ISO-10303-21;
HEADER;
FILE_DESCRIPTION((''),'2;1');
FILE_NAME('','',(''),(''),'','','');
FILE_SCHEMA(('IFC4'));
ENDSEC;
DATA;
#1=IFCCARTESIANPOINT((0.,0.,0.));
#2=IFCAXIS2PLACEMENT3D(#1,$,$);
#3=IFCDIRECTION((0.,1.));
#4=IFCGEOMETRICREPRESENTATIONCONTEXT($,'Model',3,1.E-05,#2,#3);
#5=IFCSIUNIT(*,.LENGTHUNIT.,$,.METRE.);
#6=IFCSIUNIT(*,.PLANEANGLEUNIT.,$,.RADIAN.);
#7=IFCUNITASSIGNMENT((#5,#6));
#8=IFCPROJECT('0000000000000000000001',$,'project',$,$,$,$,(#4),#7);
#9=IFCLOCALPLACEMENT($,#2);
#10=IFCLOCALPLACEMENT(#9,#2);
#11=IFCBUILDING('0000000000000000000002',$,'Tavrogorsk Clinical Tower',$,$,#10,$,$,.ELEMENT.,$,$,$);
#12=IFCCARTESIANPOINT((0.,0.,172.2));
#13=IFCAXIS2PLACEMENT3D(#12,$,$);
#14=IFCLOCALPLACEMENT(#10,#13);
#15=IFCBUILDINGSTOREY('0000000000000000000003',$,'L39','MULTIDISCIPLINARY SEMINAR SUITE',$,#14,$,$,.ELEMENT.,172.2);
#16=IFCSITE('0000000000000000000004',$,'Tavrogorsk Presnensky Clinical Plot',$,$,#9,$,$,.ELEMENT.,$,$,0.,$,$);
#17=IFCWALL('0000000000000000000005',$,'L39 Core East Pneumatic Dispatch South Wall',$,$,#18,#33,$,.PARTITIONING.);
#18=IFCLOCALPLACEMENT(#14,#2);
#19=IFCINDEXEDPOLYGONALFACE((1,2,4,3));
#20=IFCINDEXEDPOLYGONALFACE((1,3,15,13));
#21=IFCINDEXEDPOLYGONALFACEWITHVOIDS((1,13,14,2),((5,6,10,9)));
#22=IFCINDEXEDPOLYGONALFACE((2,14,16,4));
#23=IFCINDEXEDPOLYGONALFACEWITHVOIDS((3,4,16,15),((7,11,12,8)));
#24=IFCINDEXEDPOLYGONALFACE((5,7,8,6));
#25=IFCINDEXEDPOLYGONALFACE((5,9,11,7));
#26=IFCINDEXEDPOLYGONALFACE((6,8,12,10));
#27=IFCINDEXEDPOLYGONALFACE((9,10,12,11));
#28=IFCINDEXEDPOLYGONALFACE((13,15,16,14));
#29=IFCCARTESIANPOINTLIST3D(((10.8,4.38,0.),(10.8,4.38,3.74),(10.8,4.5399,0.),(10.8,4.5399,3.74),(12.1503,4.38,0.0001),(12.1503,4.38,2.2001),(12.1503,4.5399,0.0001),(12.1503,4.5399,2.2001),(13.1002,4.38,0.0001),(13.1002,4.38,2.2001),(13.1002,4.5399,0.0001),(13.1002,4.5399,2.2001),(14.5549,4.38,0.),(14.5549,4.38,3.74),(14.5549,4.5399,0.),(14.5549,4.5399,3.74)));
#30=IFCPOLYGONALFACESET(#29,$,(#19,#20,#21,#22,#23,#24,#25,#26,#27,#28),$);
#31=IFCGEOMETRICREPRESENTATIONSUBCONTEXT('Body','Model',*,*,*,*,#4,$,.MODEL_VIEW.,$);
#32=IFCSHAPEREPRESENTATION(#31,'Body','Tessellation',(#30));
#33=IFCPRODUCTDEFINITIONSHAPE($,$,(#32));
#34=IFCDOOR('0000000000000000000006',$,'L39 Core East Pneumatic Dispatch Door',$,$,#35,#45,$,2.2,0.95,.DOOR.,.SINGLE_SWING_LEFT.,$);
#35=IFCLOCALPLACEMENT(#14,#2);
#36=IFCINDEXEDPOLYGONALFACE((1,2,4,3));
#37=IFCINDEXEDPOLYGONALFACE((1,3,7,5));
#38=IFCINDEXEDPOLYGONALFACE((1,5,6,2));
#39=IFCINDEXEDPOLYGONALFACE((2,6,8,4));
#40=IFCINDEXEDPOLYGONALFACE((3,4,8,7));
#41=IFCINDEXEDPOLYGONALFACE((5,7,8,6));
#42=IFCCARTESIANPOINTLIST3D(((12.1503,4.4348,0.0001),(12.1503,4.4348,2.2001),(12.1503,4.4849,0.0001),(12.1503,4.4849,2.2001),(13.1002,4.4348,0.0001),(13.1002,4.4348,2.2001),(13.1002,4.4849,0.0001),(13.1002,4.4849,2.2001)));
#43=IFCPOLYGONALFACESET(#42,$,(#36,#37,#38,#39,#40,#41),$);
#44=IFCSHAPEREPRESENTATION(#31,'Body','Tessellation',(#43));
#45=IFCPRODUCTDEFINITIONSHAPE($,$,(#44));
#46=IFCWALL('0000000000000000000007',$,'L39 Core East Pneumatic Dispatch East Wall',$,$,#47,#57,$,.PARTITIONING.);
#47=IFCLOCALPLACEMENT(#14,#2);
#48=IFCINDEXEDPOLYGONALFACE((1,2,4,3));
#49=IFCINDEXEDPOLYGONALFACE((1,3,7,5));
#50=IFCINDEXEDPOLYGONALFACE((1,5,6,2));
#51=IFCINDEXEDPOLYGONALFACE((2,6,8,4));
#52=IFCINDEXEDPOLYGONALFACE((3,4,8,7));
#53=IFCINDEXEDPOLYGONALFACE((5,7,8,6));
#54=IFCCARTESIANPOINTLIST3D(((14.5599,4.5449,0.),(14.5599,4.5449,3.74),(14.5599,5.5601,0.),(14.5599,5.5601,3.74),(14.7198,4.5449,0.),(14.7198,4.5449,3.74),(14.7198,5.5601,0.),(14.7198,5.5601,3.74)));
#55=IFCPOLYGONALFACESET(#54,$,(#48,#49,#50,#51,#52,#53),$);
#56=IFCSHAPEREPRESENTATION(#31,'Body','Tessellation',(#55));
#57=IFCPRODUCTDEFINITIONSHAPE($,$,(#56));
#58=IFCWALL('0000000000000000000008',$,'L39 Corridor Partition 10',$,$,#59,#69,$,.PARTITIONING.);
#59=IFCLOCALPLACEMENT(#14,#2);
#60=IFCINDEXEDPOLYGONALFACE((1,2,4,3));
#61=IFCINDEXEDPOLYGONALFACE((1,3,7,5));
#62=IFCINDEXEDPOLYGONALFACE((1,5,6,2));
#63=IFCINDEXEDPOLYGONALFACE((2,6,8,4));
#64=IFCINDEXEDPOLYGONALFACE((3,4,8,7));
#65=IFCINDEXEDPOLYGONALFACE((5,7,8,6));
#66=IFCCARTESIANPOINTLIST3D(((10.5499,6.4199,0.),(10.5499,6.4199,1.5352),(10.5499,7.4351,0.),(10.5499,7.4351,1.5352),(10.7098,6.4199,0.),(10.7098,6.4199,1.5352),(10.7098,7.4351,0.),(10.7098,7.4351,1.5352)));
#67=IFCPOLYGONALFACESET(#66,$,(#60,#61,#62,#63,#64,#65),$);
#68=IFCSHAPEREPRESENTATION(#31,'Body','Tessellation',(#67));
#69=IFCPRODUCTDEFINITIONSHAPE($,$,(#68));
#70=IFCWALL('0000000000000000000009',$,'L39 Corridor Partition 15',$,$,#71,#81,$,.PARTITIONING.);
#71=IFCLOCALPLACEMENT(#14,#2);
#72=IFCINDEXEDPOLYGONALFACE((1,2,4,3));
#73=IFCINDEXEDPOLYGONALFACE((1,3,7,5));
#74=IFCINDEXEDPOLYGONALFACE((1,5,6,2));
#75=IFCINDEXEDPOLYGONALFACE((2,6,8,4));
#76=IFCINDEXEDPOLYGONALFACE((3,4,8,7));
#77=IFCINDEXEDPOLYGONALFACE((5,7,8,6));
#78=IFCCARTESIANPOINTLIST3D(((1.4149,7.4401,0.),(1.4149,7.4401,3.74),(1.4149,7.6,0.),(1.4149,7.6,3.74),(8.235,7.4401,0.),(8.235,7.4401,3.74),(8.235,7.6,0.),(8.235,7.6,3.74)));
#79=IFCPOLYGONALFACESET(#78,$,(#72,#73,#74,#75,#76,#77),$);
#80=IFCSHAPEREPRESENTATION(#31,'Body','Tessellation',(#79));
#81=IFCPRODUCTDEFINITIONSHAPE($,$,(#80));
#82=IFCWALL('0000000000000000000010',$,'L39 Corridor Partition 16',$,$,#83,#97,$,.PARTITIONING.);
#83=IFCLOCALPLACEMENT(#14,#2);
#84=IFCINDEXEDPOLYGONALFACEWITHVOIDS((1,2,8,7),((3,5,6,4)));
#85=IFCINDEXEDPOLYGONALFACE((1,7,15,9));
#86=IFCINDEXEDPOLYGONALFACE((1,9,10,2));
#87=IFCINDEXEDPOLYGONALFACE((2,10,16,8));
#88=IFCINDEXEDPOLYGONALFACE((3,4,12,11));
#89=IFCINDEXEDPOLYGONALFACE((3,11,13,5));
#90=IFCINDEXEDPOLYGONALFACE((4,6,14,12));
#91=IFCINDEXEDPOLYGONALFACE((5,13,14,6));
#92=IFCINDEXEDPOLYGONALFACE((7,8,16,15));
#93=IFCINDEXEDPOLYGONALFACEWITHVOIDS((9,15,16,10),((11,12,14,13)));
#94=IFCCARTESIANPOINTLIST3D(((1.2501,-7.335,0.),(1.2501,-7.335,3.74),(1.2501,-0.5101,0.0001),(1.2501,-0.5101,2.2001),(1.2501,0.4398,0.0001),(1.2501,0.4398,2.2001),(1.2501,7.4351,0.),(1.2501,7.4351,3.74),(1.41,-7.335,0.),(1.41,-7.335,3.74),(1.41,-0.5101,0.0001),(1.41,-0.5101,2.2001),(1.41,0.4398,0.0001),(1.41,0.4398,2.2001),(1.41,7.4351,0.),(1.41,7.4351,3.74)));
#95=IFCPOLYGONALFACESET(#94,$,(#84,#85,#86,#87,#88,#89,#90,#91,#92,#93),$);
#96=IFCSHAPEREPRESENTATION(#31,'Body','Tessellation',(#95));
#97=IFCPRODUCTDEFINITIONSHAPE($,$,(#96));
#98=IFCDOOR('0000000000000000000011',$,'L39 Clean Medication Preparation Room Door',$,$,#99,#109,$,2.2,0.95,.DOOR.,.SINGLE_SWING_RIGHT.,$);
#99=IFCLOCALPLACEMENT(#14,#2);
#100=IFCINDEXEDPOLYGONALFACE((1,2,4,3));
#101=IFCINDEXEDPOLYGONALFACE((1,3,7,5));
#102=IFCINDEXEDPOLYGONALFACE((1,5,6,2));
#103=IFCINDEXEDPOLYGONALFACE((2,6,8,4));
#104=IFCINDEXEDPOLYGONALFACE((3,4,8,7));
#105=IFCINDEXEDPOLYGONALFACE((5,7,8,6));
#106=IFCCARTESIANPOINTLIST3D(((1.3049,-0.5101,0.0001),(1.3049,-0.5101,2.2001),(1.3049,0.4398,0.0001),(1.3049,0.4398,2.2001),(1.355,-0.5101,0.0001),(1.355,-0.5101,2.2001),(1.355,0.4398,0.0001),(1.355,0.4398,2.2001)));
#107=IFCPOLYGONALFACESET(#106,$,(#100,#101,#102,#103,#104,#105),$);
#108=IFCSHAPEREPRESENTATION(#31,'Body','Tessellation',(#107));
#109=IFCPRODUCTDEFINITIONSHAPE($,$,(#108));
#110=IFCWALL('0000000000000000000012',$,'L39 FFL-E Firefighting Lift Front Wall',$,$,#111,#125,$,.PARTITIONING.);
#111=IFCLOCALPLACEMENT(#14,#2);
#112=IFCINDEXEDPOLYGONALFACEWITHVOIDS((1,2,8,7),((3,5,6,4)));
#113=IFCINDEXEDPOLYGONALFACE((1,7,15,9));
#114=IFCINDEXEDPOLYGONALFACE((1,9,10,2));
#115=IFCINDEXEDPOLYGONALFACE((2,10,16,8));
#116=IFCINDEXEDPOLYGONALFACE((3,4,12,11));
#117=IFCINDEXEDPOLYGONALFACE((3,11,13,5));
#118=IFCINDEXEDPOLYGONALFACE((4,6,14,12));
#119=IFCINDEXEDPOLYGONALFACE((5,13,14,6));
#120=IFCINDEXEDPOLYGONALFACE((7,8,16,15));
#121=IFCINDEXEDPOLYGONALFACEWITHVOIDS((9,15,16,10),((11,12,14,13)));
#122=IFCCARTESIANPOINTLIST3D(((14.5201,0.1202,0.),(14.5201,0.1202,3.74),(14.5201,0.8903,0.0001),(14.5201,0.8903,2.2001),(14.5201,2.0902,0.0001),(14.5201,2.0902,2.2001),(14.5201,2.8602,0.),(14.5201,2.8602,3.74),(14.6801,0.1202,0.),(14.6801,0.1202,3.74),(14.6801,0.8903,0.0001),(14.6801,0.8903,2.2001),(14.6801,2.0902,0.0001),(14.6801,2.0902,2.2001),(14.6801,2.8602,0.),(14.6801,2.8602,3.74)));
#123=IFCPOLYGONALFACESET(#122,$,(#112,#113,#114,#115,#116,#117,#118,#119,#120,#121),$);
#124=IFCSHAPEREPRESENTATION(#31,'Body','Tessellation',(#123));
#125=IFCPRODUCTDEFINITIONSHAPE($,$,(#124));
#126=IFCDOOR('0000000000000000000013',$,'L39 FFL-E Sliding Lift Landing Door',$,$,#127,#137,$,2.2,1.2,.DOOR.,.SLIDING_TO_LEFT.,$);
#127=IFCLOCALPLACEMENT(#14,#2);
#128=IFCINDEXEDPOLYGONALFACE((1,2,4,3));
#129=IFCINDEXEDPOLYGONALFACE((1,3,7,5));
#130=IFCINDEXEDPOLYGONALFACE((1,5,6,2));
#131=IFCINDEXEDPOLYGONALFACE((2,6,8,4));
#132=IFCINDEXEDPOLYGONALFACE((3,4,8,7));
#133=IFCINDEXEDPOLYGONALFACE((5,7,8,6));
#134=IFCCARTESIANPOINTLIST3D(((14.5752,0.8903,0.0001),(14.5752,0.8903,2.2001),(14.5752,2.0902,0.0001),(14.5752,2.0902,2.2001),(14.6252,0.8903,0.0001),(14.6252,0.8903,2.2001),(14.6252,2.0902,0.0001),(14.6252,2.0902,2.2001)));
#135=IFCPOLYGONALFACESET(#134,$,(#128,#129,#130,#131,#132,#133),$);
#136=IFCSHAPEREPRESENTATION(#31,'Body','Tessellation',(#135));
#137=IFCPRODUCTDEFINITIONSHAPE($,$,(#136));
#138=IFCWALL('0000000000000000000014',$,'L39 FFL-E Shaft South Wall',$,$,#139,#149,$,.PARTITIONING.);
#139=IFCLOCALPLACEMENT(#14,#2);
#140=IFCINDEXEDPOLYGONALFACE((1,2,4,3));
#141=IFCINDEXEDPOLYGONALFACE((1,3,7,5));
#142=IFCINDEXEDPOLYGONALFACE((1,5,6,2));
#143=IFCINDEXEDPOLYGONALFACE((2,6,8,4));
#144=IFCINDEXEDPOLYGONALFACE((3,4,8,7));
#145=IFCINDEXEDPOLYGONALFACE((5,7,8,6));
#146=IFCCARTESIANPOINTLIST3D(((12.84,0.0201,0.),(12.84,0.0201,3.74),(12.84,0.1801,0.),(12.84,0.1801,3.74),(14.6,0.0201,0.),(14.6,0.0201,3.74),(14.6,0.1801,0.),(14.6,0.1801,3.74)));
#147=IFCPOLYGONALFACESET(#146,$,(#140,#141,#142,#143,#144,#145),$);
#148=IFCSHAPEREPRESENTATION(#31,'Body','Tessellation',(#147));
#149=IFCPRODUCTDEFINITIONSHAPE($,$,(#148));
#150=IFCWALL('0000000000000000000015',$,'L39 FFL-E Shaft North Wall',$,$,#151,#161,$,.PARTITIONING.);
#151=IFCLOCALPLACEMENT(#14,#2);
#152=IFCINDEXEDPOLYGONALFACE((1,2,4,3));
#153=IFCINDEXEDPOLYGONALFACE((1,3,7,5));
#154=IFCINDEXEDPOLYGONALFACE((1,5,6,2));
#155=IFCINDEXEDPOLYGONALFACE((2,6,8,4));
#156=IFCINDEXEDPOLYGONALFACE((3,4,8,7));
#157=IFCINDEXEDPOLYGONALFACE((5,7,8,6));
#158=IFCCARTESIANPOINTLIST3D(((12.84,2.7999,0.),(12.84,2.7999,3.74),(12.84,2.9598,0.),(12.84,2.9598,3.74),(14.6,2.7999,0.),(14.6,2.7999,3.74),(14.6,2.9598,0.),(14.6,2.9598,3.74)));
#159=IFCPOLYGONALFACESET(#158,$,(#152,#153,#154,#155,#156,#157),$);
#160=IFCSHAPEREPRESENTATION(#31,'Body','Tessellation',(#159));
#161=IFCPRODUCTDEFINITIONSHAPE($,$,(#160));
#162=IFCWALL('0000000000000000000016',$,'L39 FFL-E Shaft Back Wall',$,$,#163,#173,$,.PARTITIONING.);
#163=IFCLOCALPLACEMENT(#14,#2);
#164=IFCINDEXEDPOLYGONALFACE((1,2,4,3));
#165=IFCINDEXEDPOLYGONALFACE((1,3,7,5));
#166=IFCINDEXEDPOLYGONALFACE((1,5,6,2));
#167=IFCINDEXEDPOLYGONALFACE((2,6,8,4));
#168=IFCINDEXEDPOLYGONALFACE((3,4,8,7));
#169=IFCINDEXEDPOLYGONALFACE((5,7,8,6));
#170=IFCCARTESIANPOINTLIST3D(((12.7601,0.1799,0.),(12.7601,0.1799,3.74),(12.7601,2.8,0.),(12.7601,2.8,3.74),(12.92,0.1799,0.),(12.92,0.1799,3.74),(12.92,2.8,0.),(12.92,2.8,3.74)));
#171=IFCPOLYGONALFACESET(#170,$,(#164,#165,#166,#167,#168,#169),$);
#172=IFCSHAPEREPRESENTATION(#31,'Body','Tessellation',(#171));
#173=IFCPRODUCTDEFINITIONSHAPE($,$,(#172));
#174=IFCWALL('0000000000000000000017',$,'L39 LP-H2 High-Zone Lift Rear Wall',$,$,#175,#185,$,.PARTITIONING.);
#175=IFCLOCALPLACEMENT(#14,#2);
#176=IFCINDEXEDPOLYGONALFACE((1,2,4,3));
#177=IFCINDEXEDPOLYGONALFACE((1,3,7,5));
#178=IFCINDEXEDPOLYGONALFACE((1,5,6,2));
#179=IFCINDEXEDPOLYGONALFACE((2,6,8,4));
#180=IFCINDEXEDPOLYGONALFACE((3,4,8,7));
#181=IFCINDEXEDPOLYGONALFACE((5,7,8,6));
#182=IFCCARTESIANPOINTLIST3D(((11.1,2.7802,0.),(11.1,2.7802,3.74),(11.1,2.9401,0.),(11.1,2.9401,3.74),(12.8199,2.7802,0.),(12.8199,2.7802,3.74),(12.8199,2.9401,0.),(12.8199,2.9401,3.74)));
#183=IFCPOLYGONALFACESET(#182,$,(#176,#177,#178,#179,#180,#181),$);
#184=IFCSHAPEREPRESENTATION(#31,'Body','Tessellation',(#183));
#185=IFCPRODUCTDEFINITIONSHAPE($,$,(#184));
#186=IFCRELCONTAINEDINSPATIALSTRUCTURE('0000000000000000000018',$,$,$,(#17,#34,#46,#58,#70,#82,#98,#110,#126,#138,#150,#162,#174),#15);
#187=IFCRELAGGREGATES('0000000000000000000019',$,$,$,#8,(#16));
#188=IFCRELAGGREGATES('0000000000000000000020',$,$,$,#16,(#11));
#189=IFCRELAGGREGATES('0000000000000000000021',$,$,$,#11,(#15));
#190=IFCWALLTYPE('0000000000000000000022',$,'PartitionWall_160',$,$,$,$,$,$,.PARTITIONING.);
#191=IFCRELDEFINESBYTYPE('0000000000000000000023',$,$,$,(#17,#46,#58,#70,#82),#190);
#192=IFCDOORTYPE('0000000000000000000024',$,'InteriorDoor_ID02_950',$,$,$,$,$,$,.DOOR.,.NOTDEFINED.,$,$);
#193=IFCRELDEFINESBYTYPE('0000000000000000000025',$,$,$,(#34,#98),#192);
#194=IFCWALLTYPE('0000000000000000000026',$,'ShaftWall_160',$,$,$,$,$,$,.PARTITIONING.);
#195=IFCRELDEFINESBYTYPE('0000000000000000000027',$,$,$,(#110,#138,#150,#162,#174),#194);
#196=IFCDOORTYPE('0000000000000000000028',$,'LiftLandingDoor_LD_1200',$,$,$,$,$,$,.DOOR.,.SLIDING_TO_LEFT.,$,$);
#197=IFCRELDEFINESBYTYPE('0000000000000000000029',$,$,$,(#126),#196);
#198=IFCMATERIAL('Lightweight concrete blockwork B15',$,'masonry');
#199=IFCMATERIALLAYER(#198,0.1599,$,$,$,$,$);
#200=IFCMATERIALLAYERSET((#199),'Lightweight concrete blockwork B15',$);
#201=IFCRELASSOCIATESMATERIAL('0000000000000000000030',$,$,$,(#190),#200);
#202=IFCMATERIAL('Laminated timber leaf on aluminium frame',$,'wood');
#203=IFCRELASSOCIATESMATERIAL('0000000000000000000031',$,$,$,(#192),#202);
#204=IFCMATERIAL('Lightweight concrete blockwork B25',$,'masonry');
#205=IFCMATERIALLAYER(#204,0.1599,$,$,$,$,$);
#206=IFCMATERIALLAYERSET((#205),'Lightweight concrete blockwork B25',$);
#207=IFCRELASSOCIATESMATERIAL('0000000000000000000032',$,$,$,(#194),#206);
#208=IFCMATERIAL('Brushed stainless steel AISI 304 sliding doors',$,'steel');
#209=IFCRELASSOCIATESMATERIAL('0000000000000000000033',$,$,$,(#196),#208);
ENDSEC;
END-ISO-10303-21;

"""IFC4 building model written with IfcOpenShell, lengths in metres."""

from ifc_helpers import new_model, si_unit, direction, frame, frame_2d, origin, place, context, subcontext, project, spatial, rectangle, extrude, material, layer, layer_set, type_object, element, fill, save


model = new_model("IFC4")

# Units and contexts
model_context = context("Model", 3, precision=1e-05, world=origin(), true_north=direction((0.0, 1.0)))
body_context = subcontext(model_context, "Body", "Model", "MODEL_VIEW")
ifc_project = project(units=[si_unit("LENGTHUNIT", "METRE"), si_unit("PLANEANGLEUNIT", "RADIAN")], contexts=[model_context])

# Site, building, storey
site_placement = place(None, origin())
site = spatial("IfcSite", under=ifc_project, at=site_placement, Name="Tavrogorsk Presnensky Clinical Plot", CompositionType="ELEMENT", RefElevation=0.0)
building_placement = place(site_placement, origin())
building = spatial("IfcBuilding", under=site, at=building_placement, Name="Tavrogorsk Clinical Tower", CompositionType="ELEMENT")
storey_placement = place(building_placement, frame((0.0, 0.0, 172.2)))
storey = spatial("IfcBuildingStorey", under=building, at=storey_placement, Name="L39", Description="MULTIDISCIPLINARY SEMINAR SUITE", CompositionType="ELEMENT", Elevation=172.2)

# Wall, opening, door
ifc_material_1 = material(Name="Lightweight concrete blockwork B15", Category="masonry")
ifc_layer_1 = layer(ifc_material_1, 0.1599)
ifc_layer_set_1 = layer_set([ifc_layer_1], Name="Lightweight concrete blockwork B15")
wall_type_1 = type_object("IfcWallType", Name="PartitionWall_160", PredefinedType="PARTITIONING", material=ifc_layer_set_1)
wall_1_placement = place(storey_placement, frame((10.8, 4.46, 0.0), z_axis=(0.0, 0.0, 1.0), x_axis=(1.0, 0.0, 0.0)))
wall_1 = element("IfcWall", 1, at=wall_1_placement, inside=storey, type_object=wall_type_1, Name="L39 Core East Pneumatic Dispatch South Wall", PredefinedType="PARTITIONING", context=body_context, shape_type="SweptSolid", body=[
    extrude(rectangle(XDim=3.7549, YDim=0.1599, at=frame_2d((1.8774, 0.0))), origin(), (0.0, 0.0, 1.0), 3.74),
])
opening_1_placement = place(wall_1_placement, frame((1.3501, 0.0, 0.0)))
opening_1 = element("IfcOpeningElement", 2, at=opening_1_placement, cuts=wall_1, PredefinedType="OPENING", context=body_context, shape_type="SweptSolid", body=[
    extrude(rectangle(XDim=0.95, YDim=2.2, at=frame_2d((0.4751, 1.1001))), frame((0.0, 0.0898, 0.0), z_axis=(0.0, -1.0, 0.0), x_axis=(1.0, 0.0, 0.0)), (0.0, 0.0, 1.0), 0.1799),
])
ifc_material_2 = material(Name="Laminated timber leaf on aluminium frame", Category="wood")
door_type_1 = type_object("IfcDoorType", Name="InteriorDoor_ID02_950", OperationType="NOTDEFINED", PredefinedType="DOOR", material=ifc_material_2)
door_1_placement = place(opening_1_placement, origin())
door_1 = element("IfcDoor", 3, at=door_1_placement, inside=storey, type_object=door_type_1, Name="L39 Core East Pneumatic Dispatch Door", OperationType="SINGLE_SWING_LEFT", OverallHeight=2.2, OverallWidth=0.95, PredefinedType="DOOR", context=body_context, shape_type="SweptSolid", body=[
    extrude(rectangle(XDim=0.95, YDim=2.2, at=frame_2d((0.4751, 1.1001))), frame((0.0, 0.0249, 0.0), z_axis=(0.0, -1.0, 0.0), x_axis=(1.0, 0.0, 0.0)), (0.0, 0.0, 1.0), 0.05),
])
fill(opening_1, door_1)

# Walls
wall_2_placement = place(storey_placement, frame((14.6399, 4.5449, 0.0), z_axis=(0.0, 0.0, 1.0), x_axis=(0.0, 1.0, 0.0)))
element("IfcWall", 4, at=wall_2_placement, inside=storey, type_object=wall_type_1, Name="L39 Core East Pneumatic Dispatch East Wall", PredefinedType="PARTITIONING", context=body_context, shape_type="SweptSolid", body=[
    extrude(rectangle(XDim=1.0151, YDim=0.1599, at=frame_2d((0.5076, 0.0))), origin(), (0.0, 0.0, 1.0), 3.74),
])
wall_3_placement = place(storey_placement, frame((10.6299, 7.4351, 0.0), z_axis=(0.0, 0.0, 1.0), x_axis=(0.0, -1.0, 0.0)))
element("IfcWall", 5, at=wall_3_placement, inside=storey, type_object=wall_type_1, Name="L39 Corridor Partition 10", PredefinedType="PARTITIONING", context=body_context, shape_type="SweptSolid", body=[
    extrude(rectangle(XDim=1.0151, YDim=0.1599, at=frame_2d((0.5076, 0.0))), origin(), (0.0, 0.0, 1.0), 1.5352),
])
wall_4_placement = place(storey_placement, frame((8.2351, 7.52, 0.0), z_axis=(0.0, 0.0, 1.0), x_axis=(-1.0, 0.0, 0.0)))
element("IfcWall", 6, at=wall_4_placement, inside=storey, type_object=wall_type_1, Name="L39 Corridor Partition 15", PredefinedType="PARTITIONING", context=body_context, shape_type="SweptSolid", body=[
    extrude(rectangle(XDim=6.8201, YDim=0.1599, at=frame_2d((3.4102, 0.0))), origin(), (0.0, 0.0, 1.0), 3.74),
])

# Wall, opening, door
wall_5_placement = place(storey_placement, frame((1.3301, 7.4351, 0.0), z_axis=(0.0, 0.0, 1.0), x_axis=(0.0, -1.0, 0.0)))
wall_5 = element("IfcWall", 7, at=wall_5_placement, inside=storey, type_object=wall_type_1, Name="L39 Corridor Partition 16", PredefinedType="PARTITIONING", context=body_context, shape_type="SweptSolid", body=[
    extrude(rectangle(XDim=14.77, YDim=0.1599, at=frame_2d((7.385, 0.0))), origin(), (0.0, 0.0, 1.0), 3.74),
])
opening_2_placement = place(wall_5_placement, frame((6.9951, 0.0, 0.0)))
opening_2 = element("IfcOpeningElement", 8, at=opening_2_placement, cuts=wall_5, PredefinedType="OPENING", context=body_context, shape_type="SweptSolid", body=[
    extrude(rectangle(XDim=0.95, YDim=2.2, at=frame_2d((0.4751, 1.1001))), frame((0.0, 0.0898, 0.0), z_axis=(0.0, -1.0, 0.0), x_axis=(1.0, 0.0, 0.0)), (0.0, 0.0, 1.0), 0.1799),
])
door_2_placement = place(opening_2_placement, origin())
door_2 = element("IfcDoor", 9, at=door_2_placement, inside=storey, type_object=door_type_1, Name="L39 Clean Medication Preparation Room Door", OperationType="SINGLE_SWING_RIGHT", OverallHeight=2.2, OverallWidth=0.95, PredefinedType="DOOR", context=body_context, shape_type="SweptSolid", body=[
    extrude(rectangle(XDim=0.95, YDim=2.2, at=frame_2d((0.4751, 1.1001))), frame((0.0, 0.0249, 0.0), z_axis=(0.0, -1.0, 0.0), x_axis=(1.0, 0.0, 0.0)), (0.0, 0.0, 1.0), 0.05),
])
fill(opening_2, door_2)

# Wall, opening, door
ifc_material_3 = material(Name="Lightweight concrete blockwork B25", Category="masonry")
ifc_layer_2 = layer(ifc_material_3, 0.1599)
ifc_layer_set_2 = layer_set([ifc_layer_2], Name="Lightweight concrete blockwork B25")
wall_type_2 = type_object("IfcWallType", Name="ShaftWall_160", PredefinedType="PARTITIONING", material=ifc_layer_set_2)
wall_6_placement = place(storey_placement, frame((14.6001, 0.1201, 0.0), z_axis=(0.0, 0.0, 1.0), x_axis=(0.0, 1.0, 0.0)))
wall_6 = element("IfcWall", 10, at=wall_6_placement, inside=storey, type_object=wall_type_2, Name="L39 FFL-E Firefighting Lift Front Wall", PredefinedType="PARTITIONING", context=body_context, shape_type="SweptSolid", body=[
    extrude(rectangle(XDim=2.74, YDim=0.1599, at=frame_2d((1.3701, 0.0))), origin(), (0.0, 0.0, 1.0), 3.74),
])
opening_3_placement = place(wall_6_placement, frame((0.77, 0.0, 0.0)))
opening_3 = element("IfcOpeningElement", 11, at=opening_3_placement, cuts=wall_6, PredefinedType="OPENING", context=body_context, shape_type="SweptSolid", body=[
    extrude(rectangle(XDim=1.2, YDim=2.2, at=frame_2d((0.6001, 1.1001))), frame((0.0, 0.0898, 0.0), z_axis=(0.0, -1.0, 0.0), x_axis=(1.0, 0.0, 0.0)), (0.0, 0.0, 1.0), 0.1799),
])
ifc_material_4 = material(Name="Brushed stainless steel AISI 304 sliding doors", Category="steel")
door_type_2 = type_object("IfcDoorType", Name="LiftLandingDoor_LD_1200", OperationType="SLIDING_TO_LEFT", PredefinedType="DOOR", material=ifc_material_4)
door_3_placement = place(opening_3_placement, origin())
door_3 = element("IfcDoor", 12, at=door_3_placement, inside=storey, type_object=door_type_2, Name="L39 FFL-E Sliding Lift Landing Door", OperationType="SLIDING_TO_LEFT", OverallHeight=2.2, OverallWidth=1.2, PredefinedType="DOOR", context=body_context, shape_type="SweptSolid", body=[
    extrude(rectangle(XDim=1.2, YDim=2.2, at=frame_2d((0.6001, 1.1001))), frame((0.0, 0.0249, 0.0), z_axis=(0.0, -1.0, 0.0), x_axis=(1.0, 0.0, 0.0)), (0.0, 0.0, 1.0), 0.05),
])
fill(opening_3, door_3)

# Walls
for number, where, z_axis, x_axis, name in (
    (13, (12.8401, 0.1001, 0.0), (0.0, 0.0, 1.0), (1.0, 0.0, 0.0), "L39 FFL-E Shaft South Wall"),
    (14, (12.8401, 2.8799, 0.0), (0.0, 0.0, 1.0), (1.0, 0.0, 0.0), "L39 FFL-E Shaft North Wall"),
):
    element("IfcWall", number, at=place(storey_placement, frame(where, z_axis=z_axis, x_axis=x_axis)), inside=storey, type_object=wall_type_2, Name=name, PredefinedType="PARTITIONING", context=body_context, shape_type="SweptSolid", body=[
        extrude(rectangle(XDim=1.76, YDim=0.1599, at=frame_2d((0.8799, 0.0))), origin(), (0.0, 0.0, 1.0), 3.74),
    ])
wall_7_placement = place(storey_placement, frame((12.8401, 0.1799, 0.0), z_axis=(0.0, 0.0, 1.0), x_axis=(0.0, 1.0, 0.0)))
element("IfcWall", 15, at=wall_7_placement, inside=storey, type_object=wall_type_2, Name="L39 FFL-E Shaft Back Wall", PredefinedType="PARTITIONING", context=body_context, shape_type="SweptSolid", body=[
    extrude(rectangle(XDim=2.6201, YDim=0.1599, at=frame_2d((1.3101, 0.0))), origin(), (0.0, 0.0, 1.0), 3.74),
])
wall_8_placement = place(storey_placement, frame((11.1001, 2.8601, 0.0), z_axis=(0.0, 0.0, 1.0), x_axis=(1.0, 0.0, 0.0)))
element("IfcWall", 16, at=wall_8_placement, inside=storey, type_object=wall_type_2, Name="L39 LP-H2 High-Zone Lift Rear Wall", PredefinedType="PARTITIONING", context=body_context, shape_type="SweptSolid", body=[
    extrude(rectangle(XDim=1.72, YDim=0.1599, at=frame_2d((0.8599, 0.0))), origin(), (0.0, 0.0, 1.0), 3.74),
])

save(model, "model.ifc")
